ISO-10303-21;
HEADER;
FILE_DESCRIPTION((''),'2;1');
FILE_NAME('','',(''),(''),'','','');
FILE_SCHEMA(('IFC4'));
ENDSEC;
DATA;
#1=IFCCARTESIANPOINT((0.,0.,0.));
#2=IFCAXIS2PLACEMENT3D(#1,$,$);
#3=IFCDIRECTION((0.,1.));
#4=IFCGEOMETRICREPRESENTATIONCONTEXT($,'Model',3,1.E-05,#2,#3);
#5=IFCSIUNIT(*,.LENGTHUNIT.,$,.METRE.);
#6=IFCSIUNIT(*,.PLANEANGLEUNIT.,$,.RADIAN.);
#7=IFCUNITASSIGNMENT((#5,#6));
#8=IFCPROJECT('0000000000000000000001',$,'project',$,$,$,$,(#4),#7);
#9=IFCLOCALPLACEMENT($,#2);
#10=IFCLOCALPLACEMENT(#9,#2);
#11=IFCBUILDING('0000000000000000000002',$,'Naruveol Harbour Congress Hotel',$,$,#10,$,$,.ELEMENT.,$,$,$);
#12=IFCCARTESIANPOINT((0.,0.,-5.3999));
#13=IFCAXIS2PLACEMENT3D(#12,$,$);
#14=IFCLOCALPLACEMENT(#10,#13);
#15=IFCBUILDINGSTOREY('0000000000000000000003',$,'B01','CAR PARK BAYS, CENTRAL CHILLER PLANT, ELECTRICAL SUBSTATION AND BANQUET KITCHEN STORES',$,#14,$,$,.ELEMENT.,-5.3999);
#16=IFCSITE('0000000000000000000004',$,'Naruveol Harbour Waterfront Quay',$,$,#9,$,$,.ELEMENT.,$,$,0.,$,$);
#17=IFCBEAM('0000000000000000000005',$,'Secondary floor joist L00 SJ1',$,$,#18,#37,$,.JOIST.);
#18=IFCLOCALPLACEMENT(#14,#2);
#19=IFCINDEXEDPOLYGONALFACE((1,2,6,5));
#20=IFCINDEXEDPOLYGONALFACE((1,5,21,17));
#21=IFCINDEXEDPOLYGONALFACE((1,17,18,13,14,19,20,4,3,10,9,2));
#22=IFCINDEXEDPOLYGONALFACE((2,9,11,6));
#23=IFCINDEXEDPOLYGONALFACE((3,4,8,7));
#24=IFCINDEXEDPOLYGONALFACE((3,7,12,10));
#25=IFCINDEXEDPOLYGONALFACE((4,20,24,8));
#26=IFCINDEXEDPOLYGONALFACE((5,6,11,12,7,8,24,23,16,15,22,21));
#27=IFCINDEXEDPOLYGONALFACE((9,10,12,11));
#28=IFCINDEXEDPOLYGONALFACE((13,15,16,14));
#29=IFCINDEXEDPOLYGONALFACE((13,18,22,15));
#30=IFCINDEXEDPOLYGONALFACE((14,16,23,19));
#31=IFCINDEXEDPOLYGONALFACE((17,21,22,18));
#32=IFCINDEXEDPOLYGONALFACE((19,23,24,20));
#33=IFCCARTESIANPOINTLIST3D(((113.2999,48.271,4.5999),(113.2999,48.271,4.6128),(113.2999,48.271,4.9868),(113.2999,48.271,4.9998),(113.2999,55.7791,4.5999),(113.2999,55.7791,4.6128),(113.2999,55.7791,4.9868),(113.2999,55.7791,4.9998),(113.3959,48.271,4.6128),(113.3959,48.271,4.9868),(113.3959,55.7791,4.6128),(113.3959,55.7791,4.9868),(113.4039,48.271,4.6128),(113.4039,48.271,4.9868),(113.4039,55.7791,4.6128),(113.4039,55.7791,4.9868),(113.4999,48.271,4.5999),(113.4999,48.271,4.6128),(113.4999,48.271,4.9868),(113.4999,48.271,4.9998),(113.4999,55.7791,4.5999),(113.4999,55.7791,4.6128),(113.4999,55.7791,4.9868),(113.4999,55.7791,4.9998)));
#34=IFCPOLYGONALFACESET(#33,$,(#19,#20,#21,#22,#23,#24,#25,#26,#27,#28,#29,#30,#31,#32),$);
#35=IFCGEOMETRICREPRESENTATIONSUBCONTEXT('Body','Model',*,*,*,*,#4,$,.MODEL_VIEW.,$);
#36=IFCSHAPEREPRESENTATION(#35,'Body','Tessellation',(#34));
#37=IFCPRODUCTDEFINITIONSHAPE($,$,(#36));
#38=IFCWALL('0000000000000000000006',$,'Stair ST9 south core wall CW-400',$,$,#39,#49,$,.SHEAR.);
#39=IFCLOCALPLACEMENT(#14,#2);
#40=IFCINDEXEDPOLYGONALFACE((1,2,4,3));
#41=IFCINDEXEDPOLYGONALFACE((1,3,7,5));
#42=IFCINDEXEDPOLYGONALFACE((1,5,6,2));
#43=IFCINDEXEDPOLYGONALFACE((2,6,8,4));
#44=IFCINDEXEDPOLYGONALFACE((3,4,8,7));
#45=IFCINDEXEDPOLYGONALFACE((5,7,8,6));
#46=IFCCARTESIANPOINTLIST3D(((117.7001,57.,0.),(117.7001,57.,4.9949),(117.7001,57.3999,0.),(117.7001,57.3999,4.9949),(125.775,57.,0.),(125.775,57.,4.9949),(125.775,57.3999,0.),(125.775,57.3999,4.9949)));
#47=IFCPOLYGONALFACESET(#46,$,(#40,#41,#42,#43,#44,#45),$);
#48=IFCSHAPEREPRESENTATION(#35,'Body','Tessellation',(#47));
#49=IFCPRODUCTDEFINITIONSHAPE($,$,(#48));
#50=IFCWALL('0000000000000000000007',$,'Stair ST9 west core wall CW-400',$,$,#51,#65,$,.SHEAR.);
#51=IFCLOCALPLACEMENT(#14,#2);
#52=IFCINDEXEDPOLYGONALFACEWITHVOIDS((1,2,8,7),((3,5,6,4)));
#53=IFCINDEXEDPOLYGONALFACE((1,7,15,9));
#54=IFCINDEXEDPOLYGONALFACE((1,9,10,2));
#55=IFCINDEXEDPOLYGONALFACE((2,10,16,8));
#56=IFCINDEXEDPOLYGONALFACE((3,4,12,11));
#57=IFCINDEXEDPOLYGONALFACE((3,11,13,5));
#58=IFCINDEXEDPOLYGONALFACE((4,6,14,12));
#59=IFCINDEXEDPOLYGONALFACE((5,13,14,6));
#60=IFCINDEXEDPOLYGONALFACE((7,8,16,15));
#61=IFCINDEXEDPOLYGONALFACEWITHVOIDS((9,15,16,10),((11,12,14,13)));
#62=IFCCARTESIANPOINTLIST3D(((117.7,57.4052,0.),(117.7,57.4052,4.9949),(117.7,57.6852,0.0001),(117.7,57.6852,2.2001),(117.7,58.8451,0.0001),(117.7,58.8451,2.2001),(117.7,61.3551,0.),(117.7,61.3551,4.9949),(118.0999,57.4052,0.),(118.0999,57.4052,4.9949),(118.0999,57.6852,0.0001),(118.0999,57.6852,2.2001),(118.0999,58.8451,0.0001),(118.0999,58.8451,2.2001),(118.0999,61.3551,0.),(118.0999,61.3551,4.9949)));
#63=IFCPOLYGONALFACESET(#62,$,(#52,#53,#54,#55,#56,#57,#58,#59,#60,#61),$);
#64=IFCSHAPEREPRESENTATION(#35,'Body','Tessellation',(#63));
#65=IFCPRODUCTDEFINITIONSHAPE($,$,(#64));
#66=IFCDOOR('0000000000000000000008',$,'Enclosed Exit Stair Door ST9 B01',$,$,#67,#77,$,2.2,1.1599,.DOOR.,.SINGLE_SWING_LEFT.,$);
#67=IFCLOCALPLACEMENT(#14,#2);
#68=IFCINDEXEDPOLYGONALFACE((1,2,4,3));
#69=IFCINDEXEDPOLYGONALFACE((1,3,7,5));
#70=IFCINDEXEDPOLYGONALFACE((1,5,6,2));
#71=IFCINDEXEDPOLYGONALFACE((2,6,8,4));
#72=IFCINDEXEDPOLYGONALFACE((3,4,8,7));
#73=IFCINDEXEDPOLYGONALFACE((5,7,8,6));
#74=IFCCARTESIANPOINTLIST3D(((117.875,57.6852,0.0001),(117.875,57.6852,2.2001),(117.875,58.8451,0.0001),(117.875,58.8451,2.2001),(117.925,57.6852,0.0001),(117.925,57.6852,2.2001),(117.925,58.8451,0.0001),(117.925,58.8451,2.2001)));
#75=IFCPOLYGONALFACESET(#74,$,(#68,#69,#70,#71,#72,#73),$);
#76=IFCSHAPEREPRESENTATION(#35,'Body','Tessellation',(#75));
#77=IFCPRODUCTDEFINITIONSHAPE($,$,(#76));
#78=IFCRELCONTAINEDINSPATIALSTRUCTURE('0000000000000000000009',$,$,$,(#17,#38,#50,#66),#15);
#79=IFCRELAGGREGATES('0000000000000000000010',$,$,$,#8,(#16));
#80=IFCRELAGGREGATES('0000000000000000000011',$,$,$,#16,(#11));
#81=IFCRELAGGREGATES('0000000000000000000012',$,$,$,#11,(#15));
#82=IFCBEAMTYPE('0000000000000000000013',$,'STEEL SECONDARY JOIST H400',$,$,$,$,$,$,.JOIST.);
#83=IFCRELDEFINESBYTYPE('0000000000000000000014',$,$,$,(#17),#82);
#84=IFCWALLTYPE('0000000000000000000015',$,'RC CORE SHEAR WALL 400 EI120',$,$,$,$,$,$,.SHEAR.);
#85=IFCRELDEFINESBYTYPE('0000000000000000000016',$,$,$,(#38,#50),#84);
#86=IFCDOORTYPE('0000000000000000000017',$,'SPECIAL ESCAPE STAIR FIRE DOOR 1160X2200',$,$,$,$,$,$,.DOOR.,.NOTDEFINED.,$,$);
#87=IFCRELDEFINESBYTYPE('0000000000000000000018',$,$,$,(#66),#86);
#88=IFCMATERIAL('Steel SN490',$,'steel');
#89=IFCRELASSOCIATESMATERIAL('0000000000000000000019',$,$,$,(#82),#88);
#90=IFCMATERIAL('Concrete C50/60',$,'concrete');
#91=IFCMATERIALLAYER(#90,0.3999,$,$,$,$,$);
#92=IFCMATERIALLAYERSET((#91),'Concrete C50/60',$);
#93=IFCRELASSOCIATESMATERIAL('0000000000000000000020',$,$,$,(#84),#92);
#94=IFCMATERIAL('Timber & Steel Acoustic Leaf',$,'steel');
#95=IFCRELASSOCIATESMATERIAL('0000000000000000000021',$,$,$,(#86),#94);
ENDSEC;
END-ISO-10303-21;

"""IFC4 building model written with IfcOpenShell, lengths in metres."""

from ifc_helpers import new_model, si_unit, direction, frame, frame_2d, origin, origin_2d, place, context, subcontext, project, spatial, rectangle, i_section, extrude, material, layer, layer_set, material_profile, profile_set, type_object, element, fill, save


model = new_model("IFC4")

# Units and contexts
model_context = context("Model", 3, precision=1e-05, world=origin(), true_north=direction((0.0, 1.0)))
body_context = subcontext(model_context, "Body", "Model", "MODEL_VIEW")
ifc_project = project(units=[si_unit("LENGTHUNIT", "METRE"), si_unit("PLANEANGLEUNIT", "RADIAN")], contexts=[model_context])

# Site, building, storey
site_placement = place(None, origin())
site = spatial("IfcSite", under=ifc_project, at=site_placement, Name="Naruveol Harbour Waterfront Quay", CompositionType="ELEMENT", RefElevation=0.0)
building_placement = place(site_placement, origin())
building = spatial("IfcBuilding", under=site, at=building_placement, Name="Naruveol Harbour Congress Hotel", CompositionType="ELEMENT")
storey_placement = place(building_placement, frame((0.0, 0.0, -5.3999)))
storey = spatial("IfcBuildingStorey", under=building, at=storey_placement, Name="B01", Description="CAR PARK BAYS, CENTRAL CHILLER PLANT, ELECTRICAL SUBSTATION AND BANQUET KITCHEN STORES", CompositionType="ELEMENT", Elevation=-5.3999)

# Beam
ifc_material_1 = material(Name="Steel SN490", Category="steel")
ifc_material_profile_1 = material_profile(ifc_material_1, i_section(OverallWidth=0.2, OverallDepth=0.3999, WebThickness=0.0081, FlangeThickness=0.0129, at=origin_2d()), Name="H-400x200x8x13")
ifc_profile_set_1 = profile_set([ifc_material_profile_1], Name="Steel SN490")
beam_type_1 = type_object("IfcBeamType", Name="STEEL SECONDARY JOIST H400", PredefinedType="JOIST", material=ifc_profile_set_1)
beam_1_placement = place(storey_placement, frame((113.3999, 48.271, 4.7998), z_axis=(0.0, 1.0, 0.0), x_axis=(-1.0, 0.0, 0.0)))
element("IfcBeam", 1, at=beam_1_placement, inside=storey, type_object=beam_type_1, Name="Secondary floor joist L00 SJ1", PredefinedType="JOIST", context=body_context, shape_type="SweptSolid", body=[
    extrude(i_section(OverallWidth=0.2, OverallDepth=0.3999, WebThickness=0.0081, FlangeThickness=0.0129, at=origin_2d()), origin(), (0.0, 0.0, 1.0), 7.5081),
])

# Wall
ifc_material_2 = material(Name="Concrete C50/60", Category="concrete")
ifc_layer = layer(ifc_material_2, 0.3999)
ifc_layer_set = layer_set([ifc_layer], Name="Concrete C50/60")
wall_type = type_object("IfcWallType", Name="RC CORE SHEAR WALL 400 EI120", PredefinedType="SHEAR", material=ifc_layer_set)
wall_1_placement = place(storey_placement, frame((117.7, 57.2, 0.0), z_axis=(0.0, 0.0, 1.0), x_axis=(1.0, 0.0, 0.0)))
element("IfcWall", 2, at=wall_1_placement, inside=storey, type_object=wall_type, Name="Stair ST9 south core wall CW-400", PredefinedType="SHEAR", context=body_context, shape_type="SweptSolid", body=[
    extrude(rectangle(XDim=8.075, YDim=0.3999, at=frame_2d((4.0376, 0.0))), origin(), (0.0, 0.0, 1.0), 4.9949),
])

# Wall, opening, door
wall_2_placement = place(storey_placement, frame((117.8999, 57.405, 0.0), z_axis=(0.0, 0.0, 1.0), x_axis=(0.0, 1.0, 0.0)))
wall_2 = element("IfcWall", 3, at=wall_2_placement, inside=storey, type_object=wall_type, Name="Stair ST9 west core wall CW-400", PredefinedType="SHEAR", context=body_context, shape_type="SweptSolid", body=[
    extrude(rectangle(XDim=3.95, YDim=0.3999, at=frame_2d((1.9751, 0.0))), origin(), (0.0, 0.0, 1.0), 4.9949),
])
opening_placement = place(wall_2_placement, frame((0.28, 0.0, 0.0)))
opening = element("IfcOpeningElement", 4, at=opening_placement, cuts=wall_2, PredefinedType="OPENING", context=body_context, shape_type="SweptSolid", body=[
    extrude(rectangle(XDim=1.1599, YDim=2.2, at=frame_2d((0.5801, 1.1001))), frame((0.0, 0.21, 0.0), z_axis=(0.0, -1.0, 0.0), x_axis=(1.0, 0.0, 0.0)), (0.0, 0.0, 1.0), 0.4199),
])
ifc_material_3 = material(Name="Timber & Steel Acoustic Leaf", Category="steel")
door_type = type_object("IfcDoorType", Name="SPECIAL ESCAPE STAIR FIRE DOOR 1160X2200", OperationType="NOTDEFINED", PredefinedType="DOOR", material=ifc_material_3)
door_placement = place(opening_placement, origin())
door = element("IfcDoor", 5, at=door_placement, inside=storey, type_object=door_type, Name="Enclosed Exit Stair Door ST9 B01", OperationType="SINGLE_SWING_LEFT", OverallHeight=2.2, OverallWidth=1.1599, PredefinedType="DOOR", context=body_context, shape_type="SweptSolid", body=[
    extrude(rectangle(XDim=1.1599, YDim=2.2, at=frame_2d((0.5801, 1.1001))), frame((0.0, 0.0249, 0.0), z_axis=(0.0, -1.0, 0.0), x_axis=(1.0, 0.0, 0.0)), (0.0, 0.0, 1.0), 0.05),
])
fill(opening, door)

save(model, "model.ifc")
